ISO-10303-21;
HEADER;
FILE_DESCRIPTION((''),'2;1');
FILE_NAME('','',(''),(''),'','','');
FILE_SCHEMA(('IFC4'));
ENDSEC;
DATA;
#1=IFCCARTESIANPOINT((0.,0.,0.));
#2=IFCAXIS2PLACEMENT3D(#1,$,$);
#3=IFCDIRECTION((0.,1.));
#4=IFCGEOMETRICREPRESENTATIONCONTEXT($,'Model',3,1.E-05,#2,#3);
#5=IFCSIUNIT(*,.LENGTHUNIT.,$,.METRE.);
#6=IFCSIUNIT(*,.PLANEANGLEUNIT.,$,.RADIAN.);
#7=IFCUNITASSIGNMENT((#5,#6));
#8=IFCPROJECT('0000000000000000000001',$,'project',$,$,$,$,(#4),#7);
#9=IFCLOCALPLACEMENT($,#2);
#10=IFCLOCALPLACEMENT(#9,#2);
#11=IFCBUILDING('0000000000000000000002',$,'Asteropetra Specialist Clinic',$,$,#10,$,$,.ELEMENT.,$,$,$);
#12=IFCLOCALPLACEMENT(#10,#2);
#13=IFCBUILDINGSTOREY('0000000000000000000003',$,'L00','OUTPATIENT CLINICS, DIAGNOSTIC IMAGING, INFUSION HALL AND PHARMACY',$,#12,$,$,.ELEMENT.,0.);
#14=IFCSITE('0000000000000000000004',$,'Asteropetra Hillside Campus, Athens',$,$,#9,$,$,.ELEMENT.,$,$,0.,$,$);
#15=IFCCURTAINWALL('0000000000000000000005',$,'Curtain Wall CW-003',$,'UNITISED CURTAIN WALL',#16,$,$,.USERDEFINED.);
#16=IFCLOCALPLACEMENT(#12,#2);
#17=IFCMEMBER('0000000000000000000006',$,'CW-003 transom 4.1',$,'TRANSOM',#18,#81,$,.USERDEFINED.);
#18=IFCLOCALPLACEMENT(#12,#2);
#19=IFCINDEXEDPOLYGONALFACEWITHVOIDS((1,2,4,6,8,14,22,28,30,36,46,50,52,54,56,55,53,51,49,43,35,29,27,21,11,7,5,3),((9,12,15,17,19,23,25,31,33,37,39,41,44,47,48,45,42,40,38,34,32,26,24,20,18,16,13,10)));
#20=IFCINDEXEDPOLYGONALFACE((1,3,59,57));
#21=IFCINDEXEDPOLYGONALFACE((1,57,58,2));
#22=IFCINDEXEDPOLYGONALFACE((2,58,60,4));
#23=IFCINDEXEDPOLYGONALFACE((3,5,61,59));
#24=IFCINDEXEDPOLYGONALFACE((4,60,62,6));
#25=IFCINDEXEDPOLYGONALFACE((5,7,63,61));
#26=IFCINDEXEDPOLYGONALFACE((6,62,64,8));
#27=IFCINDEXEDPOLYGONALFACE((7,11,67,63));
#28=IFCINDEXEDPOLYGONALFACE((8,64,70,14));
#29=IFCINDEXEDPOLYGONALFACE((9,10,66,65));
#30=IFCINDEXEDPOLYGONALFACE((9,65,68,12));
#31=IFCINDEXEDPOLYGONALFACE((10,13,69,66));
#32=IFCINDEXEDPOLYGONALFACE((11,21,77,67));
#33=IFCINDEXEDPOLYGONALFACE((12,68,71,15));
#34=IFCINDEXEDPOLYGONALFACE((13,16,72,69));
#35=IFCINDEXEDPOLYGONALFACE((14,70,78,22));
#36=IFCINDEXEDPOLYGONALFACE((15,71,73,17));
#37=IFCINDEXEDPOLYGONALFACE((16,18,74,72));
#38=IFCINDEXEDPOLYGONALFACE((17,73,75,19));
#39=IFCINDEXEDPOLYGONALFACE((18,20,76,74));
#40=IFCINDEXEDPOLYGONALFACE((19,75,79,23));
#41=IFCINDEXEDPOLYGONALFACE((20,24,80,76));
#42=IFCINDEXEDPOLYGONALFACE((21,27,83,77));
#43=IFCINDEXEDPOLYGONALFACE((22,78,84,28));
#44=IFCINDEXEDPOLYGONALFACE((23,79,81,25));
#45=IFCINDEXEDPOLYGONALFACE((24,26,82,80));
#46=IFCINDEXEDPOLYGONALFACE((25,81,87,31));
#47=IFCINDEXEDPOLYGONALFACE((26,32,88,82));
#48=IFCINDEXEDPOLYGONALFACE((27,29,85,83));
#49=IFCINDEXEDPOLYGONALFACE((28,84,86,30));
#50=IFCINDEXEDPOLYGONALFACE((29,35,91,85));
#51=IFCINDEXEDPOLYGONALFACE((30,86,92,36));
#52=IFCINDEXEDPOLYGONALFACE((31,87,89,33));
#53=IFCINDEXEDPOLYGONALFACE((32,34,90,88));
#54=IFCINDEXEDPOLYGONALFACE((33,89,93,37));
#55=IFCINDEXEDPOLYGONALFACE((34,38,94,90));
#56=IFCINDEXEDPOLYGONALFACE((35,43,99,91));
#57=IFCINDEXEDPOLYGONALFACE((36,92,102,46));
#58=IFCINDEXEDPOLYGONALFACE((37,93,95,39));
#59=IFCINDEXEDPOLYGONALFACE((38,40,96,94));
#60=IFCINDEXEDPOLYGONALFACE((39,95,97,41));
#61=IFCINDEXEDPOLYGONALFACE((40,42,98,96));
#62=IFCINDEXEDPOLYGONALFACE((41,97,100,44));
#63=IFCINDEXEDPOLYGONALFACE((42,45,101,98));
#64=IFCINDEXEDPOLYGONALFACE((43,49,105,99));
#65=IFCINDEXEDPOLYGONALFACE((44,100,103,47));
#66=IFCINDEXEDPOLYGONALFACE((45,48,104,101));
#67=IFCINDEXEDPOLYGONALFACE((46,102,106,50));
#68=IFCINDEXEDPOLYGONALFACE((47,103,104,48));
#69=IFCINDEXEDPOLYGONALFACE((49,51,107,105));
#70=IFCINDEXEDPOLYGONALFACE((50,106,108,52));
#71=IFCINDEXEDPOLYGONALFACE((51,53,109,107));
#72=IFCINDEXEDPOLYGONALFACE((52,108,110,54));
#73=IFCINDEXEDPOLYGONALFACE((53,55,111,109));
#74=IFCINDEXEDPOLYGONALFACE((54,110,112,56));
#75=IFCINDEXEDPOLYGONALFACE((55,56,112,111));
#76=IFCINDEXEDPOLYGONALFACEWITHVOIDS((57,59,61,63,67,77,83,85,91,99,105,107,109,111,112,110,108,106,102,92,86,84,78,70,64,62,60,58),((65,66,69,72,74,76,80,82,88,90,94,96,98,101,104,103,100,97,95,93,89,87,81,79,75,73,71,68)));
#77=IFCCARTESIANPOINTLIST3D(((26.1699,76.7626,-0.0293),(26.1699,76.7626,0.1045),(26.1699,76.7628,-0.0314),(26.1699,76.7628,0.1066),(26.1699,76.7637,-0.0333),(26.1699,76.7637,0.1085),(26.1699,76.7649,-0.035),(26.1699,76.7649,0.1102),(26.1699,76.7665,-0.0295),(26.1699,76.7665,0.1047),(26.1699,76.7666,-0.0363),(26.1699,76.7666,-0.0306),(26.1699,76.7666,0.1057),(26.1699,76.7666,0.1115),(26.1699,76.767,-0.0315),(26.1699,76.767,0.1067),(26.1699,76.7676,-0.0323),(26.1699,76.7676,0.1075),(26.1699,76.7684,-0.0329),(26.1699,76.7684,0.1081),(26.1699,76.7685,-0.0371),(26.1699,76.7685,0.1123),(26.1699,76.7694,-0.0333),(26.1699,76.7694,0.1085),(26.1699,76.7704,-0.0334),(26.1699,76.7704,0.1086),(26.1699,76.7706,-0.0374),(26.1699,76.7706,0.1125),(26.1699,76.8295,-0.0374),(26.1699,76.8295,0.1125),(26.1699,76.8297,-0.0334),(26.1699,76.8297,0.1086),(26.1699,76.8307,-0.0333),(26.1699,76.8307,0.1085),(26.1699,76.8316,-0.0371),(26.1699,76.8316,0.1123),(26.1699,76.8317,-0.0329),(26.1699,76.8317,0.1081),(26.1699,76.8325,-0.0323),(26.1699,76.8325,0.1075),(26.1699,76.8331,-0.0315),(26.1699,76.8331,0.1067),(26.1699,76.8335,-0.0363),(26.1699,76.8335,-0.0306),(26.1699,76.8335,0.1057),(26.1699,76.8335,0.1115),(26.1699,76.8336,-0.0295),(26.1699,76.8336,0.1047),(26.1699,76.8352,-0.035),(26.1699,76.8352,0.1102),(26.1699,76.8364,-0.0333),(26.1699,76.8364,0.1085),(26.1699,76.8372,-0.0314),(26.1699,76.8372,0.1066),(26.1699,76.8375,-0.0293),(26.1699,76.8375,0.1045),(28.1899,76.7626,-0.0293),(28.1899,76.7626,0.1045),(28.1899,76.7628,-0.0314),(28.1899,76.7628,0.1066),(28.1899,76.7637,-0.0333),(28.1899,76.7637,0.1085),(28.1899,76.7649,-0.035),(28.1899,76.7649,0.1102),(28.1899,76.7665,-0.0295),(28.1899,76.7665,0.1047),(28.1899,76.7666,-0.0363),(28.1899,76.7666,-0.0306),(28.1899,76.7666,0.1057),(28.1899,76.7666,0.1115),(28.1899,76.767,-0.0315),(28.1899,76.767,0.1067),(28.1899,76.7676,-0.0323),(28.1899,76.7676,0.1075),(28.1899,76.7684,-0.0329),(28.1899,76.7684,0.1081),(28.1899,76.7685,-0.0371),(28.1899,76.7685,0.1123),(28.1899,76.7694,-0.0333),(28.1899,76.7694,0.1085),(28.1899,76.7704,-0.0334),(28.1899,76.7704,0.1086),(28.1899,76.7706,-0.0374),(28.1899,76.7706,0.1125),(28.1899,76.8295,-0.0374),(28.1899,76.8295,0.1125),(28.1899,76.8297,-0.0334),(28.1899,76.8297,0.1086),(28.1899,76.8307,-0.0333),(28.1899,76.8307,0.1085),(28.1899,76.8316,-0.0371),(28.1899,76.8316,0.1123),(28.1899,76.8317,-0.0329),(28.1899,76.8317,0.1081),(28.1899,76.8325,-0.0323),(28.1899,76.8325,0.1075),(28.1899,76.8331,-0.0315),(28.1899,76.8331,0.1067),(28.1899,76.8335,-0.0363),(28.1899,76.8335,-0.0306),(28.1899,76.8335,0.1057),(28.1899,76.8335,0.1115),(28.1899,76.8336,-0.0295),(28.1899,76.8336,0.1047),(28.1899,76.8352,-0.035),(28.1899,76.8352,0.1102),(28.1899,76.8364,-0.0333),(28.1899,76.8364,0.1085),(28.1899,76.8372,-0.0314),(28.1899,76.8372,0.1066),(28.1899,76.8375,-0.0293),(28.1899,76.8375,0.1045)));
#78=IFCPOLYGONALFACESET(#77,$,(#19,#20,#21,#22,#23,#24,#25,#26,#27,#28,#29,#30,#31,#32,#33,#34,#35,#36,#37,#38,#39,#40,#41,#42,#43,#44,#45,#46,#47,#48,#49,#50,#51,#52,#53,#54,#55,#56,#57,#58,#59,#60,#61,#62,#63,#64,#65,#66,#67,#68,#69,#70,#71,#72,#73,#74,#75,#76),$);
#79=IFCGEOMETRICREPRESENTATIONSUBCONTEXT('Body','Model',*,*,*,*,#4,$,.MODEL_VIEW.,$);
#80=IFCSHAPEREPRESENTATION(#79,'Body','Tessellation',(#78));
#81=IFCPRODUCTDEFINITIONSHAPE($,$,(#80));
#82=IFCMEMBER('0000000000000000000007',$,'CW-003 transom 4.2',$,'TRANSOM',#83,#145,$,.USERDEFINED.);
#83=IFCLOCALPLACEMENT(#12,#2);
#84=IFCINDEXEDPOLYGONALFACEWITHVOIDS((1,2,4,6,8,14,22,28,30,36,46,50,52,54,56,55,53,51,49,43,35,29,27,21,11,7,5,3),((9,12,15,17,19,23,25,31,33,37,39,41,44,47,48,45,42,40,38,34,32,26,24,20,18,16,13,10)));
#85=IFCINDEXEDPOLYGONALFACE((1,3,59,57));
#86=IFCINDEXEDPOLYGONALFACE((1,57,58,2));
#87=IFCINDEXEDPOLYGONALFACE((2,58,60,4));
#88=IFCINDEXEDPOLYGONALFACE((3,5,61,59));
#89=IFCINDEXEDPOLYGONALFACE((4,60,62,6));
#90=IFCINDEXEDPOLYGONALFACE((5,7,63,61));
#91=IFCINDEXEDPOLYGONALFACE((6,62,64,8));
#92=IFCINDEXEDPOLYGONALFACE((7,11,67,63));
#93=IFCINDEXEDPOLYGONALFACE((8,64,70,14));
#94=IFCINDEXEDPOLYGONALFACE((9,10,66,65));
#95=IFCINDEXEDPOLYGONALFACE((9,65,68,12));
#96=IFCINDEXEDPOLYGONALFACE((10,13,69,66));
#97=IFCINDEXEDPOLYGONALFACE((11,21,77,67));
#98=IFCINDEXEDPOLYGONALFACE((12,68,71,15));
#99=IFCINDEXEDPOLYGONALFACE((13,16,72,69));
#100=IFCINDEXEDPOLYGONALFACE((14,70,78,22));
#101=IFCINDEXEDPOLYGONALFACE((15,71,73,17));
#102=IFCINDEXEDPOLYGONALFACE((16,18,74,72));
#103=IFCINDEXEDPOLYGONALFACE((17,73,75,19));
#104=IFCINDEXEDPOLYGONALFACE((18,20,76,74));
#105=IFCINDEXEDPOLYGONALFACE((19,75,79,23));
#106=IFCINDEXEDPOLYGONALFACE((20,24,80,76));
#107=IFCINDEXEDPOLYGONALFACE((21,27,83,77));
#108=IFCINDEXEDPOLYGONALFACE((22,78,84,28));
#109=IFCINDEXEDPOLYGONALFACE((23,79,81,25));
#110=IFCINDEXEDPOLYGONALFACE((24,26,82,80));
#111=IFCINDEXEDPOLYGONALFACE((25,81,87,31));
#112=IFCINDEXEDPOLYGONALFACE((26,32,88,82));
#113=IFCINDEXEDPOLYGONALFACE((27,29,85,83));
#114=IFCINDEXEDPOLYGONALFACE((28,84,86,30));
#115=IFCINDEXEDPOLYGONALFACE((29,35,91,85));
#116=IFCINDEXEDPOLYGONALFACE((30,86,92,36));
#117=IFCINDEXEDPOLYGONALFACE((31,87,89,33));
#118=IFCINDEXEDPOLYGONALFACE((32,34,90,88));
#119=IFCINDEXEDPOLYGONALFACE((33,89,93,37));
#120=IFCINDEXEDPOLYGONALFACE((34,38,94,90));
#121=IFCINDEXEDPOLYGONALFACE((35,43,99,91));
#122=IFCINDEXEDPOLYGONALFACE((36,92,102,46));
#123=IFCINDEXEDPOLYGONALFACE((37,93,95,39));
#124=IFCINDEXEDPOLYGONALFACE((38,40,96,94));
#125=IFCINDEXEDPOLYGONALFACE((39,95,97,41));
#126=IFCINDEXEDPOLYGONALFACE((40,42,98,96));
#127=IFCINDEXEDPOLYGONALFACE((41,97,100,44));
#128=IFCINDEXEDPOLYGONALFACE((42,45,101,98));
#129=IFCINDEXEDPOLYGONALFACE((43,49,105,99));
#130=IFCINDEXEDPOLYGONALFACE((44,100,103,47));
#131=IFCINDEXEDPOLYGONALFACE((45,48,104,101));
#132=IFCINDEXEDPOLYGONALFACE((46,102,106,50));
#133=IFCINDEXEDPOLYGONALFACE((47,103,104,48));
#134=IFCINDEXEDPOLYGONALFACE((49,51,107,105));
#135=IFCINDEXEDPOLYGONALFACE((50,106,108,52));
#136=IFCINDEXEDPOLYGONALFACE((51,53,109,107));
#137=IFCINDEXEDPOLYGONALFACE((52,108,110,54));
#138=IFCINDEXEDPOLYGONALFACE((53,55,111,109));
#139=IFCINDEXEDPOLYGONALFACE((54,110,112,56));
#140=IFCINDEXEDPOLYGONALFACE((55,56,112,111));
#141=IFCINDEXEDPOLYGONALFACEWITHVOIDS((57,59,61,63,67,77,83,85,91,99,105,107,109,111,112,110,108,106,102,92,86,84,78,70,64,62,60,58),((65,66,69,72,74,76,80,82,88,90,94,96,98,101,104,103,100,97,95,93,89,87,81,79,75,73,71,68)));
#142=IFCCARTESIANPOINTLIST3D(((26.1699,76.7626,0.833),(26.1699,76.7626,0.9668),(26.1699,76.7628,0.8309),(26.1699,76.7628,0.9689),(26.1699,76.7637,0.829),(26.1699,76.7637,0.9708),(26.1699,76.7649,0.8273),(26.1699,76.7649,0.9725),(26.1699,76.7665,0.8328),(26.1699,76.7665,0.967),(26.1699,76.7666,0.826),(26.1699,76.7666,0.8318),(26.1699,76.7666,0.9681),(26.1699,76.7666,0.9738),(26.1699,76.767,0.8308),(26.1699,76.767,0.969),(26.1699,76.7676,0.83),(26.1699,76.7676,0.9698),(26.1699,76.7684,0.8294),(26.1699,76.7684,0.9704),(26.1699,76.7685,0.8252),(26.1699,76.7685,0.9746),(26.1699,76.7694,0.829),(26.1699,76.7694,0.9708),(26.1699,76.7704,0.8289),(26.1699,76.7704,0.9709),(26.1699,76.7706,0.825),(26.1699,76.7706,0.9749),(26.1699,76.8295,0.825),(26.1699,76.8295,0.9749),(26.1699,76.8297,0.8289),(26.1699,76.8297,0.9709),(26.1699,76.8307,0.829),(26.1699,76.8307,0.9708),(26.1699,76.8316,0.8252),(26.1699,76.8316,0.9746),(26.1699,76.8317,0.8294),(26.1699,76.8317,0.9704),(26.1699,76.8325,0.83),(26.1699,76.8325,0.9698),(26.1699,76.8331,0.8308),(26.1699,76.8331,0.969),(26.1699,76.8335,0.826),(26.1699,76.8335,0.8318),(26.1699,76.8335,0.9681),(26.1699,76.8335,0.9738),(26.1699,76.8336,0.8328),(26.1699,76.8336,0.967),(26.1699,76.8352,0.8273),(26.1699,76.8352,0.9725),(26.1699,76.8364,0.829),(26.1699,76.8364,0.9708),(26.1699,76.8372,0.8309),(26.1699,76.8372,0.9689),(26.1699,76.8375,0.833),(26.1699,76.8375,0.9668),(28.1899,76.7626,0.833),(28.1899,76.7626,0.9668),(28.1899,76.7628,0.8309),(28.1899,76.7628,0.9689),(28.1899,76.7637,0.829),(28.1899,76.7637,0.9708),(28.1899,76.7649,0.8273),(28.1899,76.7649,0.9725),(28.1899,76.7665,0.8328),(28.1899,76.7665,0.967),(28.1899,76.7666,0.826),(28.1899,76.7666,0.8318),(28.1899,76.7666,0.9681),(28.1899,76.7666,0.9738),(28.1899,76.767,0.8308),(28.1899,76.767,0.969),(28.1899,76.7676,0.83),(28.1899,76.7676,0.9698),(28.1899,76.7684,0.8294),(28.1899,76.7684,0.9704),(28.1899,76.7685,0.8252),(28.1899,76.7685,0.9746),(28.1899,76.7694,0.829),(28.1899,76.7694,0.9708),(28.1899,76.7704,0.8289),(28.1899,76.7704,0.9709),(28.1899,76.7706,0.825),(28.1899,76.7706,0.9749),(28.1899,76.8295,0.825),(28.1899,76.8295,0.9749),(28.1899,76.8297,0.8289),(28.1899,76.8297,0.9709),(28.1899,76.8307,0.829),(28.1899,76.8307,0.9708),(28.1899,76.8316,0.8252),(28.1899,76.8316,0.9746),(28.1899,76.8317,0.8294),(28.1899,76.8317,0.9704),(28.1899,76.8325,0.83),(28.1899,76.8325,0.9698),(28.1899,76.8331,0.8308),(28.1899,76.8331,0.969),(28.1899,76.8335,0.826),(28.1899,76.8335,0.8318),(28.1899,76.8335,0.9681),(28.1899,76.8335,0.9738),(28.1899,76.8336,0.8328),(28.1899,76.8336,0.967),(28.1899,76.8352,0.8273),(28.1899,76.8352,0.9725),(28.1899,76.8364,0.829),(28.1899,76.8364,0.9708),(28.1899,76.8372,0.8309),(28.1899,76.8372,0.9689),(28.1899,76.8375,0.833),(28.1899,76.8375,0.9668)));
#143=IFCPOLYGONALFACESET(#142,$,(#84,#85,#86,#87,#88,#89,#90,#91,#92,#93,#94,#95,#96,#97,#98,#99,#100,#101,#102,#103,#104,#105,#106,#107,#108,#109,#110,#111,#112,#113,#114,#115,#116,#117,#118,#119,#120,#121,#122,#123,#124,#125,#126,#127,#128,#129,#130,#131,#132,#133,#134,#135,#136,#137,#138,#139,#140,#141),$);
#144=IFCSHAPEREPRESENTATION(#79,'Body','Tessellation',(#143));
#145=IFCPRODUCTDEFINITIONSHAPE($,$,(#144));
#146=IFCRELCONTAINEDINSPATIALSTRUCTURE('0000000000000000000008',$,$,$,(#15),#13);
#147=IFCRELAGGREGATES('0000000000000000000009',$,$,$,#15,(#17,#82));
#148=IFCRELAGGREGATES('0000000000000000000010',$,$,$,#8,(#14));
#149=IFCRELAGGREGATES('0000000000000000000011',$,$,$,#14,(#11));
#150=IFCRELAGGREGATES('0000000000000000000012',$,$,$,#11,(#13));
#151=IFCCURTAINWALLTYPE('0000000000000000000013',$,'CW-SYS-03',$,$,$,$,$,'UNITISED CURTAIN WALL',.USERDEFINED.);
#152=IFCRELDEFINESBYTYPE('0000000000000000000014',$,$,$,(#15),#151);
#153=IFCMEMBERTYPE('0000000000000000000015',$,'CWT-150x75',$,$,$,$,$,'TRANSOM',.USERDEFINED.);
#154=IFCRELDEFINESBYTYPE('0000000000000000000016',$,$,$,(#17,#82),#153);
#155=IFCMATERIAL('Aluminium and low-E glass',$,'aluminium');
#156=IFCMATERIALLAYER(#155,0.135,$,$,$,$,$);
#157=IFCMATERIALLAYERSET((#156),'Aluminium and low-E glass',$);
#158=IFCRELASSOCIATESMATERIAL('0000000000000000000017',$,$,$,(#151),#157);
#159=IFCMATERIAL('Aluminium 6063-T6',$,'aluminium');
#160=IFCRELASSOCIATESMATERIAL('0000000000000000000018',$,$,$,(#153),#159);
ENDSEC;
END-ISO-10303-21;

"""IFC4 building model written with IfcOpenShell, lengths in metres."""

from ifc_helpers import new_model, si_unit, direction, frame, origin, origin_2d, place, context, subcontext, project, spatial, hollow_rectangle, extrude, material, layer, layer_set, material_profile, profile_set, type_object, element, aggregate, save


model = new_model("IFC4")

# Units and contexts
model_context = context("Model", 3, precision=1e-05, world=origin(), true_north=direction((0.0, 1.0)))
body_context = subcontext(model_context, "Body", "Model", "MODEL_VIEW")
ifc_project = project(units=[si_unit("LENGTHUNIT", "METRE"), si_unit("PLANEANGLEUNIT", "RADIAN")], contexts=[model_context])

# Site, building, storey
site_placement = place(None, origin())
site = spatial("IfcSite", under=ifc_project, at=site_placement, Name="Asteropetra Hillside Campus, Athens", CompositionType="ELEMENT", RefElevation=0.0)
building_placement = place(site_placement, origin())
building = spatial("IfcBuilding", under=site, at=building_placement, Name="Asteropetra Specialist Clinic", CompositionType="ELEMENT")
storey_placement = place(building_placement, origin())
storey = spatial("IfcBuildingStorey", under=building, at=storey_placement, Name="L00", Description="OUTPATIENT CLINICS, DIAGNOSTIC IMAGING, INFUSION HALL AND PHARMACY", CompositionType="ELEMENT", Elevation=0.0)

# Curtain wall, members
ifc_material_1 = material(Name="Aluminium and low-E glass", Category="aluminium")
ifc_layer_1 = layer(ifc_material_1, 0.135)
ifc_layer_set_1 = layer_set([ifc_layer_1], Name="Aluminium and low-E glass")
curtain_wall_type = type_object("IfcCurtainWallType", Name="CW-SYS-03", ElementType="UNITISED CURTAIN WALL", PredefinedType="USERDEFINED", material=ifc_layer_set_1)
curtain_wall_placement = place(storey_placement, origin())
curtain_wall = element("IfcCurtainWall", 1, at=curtain_wall_placement, inside=storey, type_object=curtain_wall_type, Name="Curtain Wall CW-003", ObjectType="UNITISED CURTAIN WALL", PredefinedType="USERDEFINED")
ifc_material_2 = material(Name="Aluminium 6063-T6", Category="aluminium")
ifc_material_profile_1 = material_profile(ifc_material_2, hollow_rectangle(XDim=0.075, YDim=0.1499, WallThickness=0.0039, InnerFilletRadius=0.0039, OuterFilletRadius=0.0081, at=origin_2d()), Name="TRN 150x75x4.0")
ifc_profile_set_1 = profile_set([ifc_material_profile_1], Name="Aluminium 6063-T6")
member_type_1 = type_object("IfcMemberType", Name="CWT-150x75", ElementType="TRANSOM", PredefinedType="USERDEFINED", material=ifc_profile_set_1)
member_1_placement = place(storey_placement, frame((26.1699, 76.8, 0.0376), z_axis=(1.0, 0.0, 0.0), x_axis=(0.0, 1.0, 0.0)))
member_1 = element("IfcMember", 2, at=member_1_placement, type_object=member_type_1, Name="CW-003 transom 4.1", ObjectType="TRANSOM", PredefinedType="USERDEFINED", context=body_context, shape_type="SweptSolid", body=[
    extrude(hollow_rectangle(XDim=0.075, YDim=0.1499, WallThickness=0.0039, InnerFilletRadius=0.0039, OuterFilletRadius=0.0081, at=origin_2d()), origin(), (0.0, 0.0, 1.0), 2.02),
])
member_2_placement = place(storey_placement, frame((26.1699, 76.8, 0.8999), z_axis=(1.0, 0.0, 0.0), x_axis=(0.0, 1.0, 0.0)))
member_2 = element("IfcMember", 3, at=member_2_placement, type_object=member_type_1, Name="CW-003 transom 4.2", ObjectType="TRANSOM", PredefinedType="USERDEFINED", context=body_context, shape_type="SweptSolid", body=[
    extrude(hollow_rectangle(XDim=0.075, YDim=0.1499, WallThickness=0.0039, InnerFilletRadius=0.0039, OuterFilletRadius=0.0081, at=origin_2d()), origin(), (0.0, 0.0, 1.0), 2.02),
])
aggregate(curtain_wall, [member_1, member_2])

save(model, "model.ifc")
